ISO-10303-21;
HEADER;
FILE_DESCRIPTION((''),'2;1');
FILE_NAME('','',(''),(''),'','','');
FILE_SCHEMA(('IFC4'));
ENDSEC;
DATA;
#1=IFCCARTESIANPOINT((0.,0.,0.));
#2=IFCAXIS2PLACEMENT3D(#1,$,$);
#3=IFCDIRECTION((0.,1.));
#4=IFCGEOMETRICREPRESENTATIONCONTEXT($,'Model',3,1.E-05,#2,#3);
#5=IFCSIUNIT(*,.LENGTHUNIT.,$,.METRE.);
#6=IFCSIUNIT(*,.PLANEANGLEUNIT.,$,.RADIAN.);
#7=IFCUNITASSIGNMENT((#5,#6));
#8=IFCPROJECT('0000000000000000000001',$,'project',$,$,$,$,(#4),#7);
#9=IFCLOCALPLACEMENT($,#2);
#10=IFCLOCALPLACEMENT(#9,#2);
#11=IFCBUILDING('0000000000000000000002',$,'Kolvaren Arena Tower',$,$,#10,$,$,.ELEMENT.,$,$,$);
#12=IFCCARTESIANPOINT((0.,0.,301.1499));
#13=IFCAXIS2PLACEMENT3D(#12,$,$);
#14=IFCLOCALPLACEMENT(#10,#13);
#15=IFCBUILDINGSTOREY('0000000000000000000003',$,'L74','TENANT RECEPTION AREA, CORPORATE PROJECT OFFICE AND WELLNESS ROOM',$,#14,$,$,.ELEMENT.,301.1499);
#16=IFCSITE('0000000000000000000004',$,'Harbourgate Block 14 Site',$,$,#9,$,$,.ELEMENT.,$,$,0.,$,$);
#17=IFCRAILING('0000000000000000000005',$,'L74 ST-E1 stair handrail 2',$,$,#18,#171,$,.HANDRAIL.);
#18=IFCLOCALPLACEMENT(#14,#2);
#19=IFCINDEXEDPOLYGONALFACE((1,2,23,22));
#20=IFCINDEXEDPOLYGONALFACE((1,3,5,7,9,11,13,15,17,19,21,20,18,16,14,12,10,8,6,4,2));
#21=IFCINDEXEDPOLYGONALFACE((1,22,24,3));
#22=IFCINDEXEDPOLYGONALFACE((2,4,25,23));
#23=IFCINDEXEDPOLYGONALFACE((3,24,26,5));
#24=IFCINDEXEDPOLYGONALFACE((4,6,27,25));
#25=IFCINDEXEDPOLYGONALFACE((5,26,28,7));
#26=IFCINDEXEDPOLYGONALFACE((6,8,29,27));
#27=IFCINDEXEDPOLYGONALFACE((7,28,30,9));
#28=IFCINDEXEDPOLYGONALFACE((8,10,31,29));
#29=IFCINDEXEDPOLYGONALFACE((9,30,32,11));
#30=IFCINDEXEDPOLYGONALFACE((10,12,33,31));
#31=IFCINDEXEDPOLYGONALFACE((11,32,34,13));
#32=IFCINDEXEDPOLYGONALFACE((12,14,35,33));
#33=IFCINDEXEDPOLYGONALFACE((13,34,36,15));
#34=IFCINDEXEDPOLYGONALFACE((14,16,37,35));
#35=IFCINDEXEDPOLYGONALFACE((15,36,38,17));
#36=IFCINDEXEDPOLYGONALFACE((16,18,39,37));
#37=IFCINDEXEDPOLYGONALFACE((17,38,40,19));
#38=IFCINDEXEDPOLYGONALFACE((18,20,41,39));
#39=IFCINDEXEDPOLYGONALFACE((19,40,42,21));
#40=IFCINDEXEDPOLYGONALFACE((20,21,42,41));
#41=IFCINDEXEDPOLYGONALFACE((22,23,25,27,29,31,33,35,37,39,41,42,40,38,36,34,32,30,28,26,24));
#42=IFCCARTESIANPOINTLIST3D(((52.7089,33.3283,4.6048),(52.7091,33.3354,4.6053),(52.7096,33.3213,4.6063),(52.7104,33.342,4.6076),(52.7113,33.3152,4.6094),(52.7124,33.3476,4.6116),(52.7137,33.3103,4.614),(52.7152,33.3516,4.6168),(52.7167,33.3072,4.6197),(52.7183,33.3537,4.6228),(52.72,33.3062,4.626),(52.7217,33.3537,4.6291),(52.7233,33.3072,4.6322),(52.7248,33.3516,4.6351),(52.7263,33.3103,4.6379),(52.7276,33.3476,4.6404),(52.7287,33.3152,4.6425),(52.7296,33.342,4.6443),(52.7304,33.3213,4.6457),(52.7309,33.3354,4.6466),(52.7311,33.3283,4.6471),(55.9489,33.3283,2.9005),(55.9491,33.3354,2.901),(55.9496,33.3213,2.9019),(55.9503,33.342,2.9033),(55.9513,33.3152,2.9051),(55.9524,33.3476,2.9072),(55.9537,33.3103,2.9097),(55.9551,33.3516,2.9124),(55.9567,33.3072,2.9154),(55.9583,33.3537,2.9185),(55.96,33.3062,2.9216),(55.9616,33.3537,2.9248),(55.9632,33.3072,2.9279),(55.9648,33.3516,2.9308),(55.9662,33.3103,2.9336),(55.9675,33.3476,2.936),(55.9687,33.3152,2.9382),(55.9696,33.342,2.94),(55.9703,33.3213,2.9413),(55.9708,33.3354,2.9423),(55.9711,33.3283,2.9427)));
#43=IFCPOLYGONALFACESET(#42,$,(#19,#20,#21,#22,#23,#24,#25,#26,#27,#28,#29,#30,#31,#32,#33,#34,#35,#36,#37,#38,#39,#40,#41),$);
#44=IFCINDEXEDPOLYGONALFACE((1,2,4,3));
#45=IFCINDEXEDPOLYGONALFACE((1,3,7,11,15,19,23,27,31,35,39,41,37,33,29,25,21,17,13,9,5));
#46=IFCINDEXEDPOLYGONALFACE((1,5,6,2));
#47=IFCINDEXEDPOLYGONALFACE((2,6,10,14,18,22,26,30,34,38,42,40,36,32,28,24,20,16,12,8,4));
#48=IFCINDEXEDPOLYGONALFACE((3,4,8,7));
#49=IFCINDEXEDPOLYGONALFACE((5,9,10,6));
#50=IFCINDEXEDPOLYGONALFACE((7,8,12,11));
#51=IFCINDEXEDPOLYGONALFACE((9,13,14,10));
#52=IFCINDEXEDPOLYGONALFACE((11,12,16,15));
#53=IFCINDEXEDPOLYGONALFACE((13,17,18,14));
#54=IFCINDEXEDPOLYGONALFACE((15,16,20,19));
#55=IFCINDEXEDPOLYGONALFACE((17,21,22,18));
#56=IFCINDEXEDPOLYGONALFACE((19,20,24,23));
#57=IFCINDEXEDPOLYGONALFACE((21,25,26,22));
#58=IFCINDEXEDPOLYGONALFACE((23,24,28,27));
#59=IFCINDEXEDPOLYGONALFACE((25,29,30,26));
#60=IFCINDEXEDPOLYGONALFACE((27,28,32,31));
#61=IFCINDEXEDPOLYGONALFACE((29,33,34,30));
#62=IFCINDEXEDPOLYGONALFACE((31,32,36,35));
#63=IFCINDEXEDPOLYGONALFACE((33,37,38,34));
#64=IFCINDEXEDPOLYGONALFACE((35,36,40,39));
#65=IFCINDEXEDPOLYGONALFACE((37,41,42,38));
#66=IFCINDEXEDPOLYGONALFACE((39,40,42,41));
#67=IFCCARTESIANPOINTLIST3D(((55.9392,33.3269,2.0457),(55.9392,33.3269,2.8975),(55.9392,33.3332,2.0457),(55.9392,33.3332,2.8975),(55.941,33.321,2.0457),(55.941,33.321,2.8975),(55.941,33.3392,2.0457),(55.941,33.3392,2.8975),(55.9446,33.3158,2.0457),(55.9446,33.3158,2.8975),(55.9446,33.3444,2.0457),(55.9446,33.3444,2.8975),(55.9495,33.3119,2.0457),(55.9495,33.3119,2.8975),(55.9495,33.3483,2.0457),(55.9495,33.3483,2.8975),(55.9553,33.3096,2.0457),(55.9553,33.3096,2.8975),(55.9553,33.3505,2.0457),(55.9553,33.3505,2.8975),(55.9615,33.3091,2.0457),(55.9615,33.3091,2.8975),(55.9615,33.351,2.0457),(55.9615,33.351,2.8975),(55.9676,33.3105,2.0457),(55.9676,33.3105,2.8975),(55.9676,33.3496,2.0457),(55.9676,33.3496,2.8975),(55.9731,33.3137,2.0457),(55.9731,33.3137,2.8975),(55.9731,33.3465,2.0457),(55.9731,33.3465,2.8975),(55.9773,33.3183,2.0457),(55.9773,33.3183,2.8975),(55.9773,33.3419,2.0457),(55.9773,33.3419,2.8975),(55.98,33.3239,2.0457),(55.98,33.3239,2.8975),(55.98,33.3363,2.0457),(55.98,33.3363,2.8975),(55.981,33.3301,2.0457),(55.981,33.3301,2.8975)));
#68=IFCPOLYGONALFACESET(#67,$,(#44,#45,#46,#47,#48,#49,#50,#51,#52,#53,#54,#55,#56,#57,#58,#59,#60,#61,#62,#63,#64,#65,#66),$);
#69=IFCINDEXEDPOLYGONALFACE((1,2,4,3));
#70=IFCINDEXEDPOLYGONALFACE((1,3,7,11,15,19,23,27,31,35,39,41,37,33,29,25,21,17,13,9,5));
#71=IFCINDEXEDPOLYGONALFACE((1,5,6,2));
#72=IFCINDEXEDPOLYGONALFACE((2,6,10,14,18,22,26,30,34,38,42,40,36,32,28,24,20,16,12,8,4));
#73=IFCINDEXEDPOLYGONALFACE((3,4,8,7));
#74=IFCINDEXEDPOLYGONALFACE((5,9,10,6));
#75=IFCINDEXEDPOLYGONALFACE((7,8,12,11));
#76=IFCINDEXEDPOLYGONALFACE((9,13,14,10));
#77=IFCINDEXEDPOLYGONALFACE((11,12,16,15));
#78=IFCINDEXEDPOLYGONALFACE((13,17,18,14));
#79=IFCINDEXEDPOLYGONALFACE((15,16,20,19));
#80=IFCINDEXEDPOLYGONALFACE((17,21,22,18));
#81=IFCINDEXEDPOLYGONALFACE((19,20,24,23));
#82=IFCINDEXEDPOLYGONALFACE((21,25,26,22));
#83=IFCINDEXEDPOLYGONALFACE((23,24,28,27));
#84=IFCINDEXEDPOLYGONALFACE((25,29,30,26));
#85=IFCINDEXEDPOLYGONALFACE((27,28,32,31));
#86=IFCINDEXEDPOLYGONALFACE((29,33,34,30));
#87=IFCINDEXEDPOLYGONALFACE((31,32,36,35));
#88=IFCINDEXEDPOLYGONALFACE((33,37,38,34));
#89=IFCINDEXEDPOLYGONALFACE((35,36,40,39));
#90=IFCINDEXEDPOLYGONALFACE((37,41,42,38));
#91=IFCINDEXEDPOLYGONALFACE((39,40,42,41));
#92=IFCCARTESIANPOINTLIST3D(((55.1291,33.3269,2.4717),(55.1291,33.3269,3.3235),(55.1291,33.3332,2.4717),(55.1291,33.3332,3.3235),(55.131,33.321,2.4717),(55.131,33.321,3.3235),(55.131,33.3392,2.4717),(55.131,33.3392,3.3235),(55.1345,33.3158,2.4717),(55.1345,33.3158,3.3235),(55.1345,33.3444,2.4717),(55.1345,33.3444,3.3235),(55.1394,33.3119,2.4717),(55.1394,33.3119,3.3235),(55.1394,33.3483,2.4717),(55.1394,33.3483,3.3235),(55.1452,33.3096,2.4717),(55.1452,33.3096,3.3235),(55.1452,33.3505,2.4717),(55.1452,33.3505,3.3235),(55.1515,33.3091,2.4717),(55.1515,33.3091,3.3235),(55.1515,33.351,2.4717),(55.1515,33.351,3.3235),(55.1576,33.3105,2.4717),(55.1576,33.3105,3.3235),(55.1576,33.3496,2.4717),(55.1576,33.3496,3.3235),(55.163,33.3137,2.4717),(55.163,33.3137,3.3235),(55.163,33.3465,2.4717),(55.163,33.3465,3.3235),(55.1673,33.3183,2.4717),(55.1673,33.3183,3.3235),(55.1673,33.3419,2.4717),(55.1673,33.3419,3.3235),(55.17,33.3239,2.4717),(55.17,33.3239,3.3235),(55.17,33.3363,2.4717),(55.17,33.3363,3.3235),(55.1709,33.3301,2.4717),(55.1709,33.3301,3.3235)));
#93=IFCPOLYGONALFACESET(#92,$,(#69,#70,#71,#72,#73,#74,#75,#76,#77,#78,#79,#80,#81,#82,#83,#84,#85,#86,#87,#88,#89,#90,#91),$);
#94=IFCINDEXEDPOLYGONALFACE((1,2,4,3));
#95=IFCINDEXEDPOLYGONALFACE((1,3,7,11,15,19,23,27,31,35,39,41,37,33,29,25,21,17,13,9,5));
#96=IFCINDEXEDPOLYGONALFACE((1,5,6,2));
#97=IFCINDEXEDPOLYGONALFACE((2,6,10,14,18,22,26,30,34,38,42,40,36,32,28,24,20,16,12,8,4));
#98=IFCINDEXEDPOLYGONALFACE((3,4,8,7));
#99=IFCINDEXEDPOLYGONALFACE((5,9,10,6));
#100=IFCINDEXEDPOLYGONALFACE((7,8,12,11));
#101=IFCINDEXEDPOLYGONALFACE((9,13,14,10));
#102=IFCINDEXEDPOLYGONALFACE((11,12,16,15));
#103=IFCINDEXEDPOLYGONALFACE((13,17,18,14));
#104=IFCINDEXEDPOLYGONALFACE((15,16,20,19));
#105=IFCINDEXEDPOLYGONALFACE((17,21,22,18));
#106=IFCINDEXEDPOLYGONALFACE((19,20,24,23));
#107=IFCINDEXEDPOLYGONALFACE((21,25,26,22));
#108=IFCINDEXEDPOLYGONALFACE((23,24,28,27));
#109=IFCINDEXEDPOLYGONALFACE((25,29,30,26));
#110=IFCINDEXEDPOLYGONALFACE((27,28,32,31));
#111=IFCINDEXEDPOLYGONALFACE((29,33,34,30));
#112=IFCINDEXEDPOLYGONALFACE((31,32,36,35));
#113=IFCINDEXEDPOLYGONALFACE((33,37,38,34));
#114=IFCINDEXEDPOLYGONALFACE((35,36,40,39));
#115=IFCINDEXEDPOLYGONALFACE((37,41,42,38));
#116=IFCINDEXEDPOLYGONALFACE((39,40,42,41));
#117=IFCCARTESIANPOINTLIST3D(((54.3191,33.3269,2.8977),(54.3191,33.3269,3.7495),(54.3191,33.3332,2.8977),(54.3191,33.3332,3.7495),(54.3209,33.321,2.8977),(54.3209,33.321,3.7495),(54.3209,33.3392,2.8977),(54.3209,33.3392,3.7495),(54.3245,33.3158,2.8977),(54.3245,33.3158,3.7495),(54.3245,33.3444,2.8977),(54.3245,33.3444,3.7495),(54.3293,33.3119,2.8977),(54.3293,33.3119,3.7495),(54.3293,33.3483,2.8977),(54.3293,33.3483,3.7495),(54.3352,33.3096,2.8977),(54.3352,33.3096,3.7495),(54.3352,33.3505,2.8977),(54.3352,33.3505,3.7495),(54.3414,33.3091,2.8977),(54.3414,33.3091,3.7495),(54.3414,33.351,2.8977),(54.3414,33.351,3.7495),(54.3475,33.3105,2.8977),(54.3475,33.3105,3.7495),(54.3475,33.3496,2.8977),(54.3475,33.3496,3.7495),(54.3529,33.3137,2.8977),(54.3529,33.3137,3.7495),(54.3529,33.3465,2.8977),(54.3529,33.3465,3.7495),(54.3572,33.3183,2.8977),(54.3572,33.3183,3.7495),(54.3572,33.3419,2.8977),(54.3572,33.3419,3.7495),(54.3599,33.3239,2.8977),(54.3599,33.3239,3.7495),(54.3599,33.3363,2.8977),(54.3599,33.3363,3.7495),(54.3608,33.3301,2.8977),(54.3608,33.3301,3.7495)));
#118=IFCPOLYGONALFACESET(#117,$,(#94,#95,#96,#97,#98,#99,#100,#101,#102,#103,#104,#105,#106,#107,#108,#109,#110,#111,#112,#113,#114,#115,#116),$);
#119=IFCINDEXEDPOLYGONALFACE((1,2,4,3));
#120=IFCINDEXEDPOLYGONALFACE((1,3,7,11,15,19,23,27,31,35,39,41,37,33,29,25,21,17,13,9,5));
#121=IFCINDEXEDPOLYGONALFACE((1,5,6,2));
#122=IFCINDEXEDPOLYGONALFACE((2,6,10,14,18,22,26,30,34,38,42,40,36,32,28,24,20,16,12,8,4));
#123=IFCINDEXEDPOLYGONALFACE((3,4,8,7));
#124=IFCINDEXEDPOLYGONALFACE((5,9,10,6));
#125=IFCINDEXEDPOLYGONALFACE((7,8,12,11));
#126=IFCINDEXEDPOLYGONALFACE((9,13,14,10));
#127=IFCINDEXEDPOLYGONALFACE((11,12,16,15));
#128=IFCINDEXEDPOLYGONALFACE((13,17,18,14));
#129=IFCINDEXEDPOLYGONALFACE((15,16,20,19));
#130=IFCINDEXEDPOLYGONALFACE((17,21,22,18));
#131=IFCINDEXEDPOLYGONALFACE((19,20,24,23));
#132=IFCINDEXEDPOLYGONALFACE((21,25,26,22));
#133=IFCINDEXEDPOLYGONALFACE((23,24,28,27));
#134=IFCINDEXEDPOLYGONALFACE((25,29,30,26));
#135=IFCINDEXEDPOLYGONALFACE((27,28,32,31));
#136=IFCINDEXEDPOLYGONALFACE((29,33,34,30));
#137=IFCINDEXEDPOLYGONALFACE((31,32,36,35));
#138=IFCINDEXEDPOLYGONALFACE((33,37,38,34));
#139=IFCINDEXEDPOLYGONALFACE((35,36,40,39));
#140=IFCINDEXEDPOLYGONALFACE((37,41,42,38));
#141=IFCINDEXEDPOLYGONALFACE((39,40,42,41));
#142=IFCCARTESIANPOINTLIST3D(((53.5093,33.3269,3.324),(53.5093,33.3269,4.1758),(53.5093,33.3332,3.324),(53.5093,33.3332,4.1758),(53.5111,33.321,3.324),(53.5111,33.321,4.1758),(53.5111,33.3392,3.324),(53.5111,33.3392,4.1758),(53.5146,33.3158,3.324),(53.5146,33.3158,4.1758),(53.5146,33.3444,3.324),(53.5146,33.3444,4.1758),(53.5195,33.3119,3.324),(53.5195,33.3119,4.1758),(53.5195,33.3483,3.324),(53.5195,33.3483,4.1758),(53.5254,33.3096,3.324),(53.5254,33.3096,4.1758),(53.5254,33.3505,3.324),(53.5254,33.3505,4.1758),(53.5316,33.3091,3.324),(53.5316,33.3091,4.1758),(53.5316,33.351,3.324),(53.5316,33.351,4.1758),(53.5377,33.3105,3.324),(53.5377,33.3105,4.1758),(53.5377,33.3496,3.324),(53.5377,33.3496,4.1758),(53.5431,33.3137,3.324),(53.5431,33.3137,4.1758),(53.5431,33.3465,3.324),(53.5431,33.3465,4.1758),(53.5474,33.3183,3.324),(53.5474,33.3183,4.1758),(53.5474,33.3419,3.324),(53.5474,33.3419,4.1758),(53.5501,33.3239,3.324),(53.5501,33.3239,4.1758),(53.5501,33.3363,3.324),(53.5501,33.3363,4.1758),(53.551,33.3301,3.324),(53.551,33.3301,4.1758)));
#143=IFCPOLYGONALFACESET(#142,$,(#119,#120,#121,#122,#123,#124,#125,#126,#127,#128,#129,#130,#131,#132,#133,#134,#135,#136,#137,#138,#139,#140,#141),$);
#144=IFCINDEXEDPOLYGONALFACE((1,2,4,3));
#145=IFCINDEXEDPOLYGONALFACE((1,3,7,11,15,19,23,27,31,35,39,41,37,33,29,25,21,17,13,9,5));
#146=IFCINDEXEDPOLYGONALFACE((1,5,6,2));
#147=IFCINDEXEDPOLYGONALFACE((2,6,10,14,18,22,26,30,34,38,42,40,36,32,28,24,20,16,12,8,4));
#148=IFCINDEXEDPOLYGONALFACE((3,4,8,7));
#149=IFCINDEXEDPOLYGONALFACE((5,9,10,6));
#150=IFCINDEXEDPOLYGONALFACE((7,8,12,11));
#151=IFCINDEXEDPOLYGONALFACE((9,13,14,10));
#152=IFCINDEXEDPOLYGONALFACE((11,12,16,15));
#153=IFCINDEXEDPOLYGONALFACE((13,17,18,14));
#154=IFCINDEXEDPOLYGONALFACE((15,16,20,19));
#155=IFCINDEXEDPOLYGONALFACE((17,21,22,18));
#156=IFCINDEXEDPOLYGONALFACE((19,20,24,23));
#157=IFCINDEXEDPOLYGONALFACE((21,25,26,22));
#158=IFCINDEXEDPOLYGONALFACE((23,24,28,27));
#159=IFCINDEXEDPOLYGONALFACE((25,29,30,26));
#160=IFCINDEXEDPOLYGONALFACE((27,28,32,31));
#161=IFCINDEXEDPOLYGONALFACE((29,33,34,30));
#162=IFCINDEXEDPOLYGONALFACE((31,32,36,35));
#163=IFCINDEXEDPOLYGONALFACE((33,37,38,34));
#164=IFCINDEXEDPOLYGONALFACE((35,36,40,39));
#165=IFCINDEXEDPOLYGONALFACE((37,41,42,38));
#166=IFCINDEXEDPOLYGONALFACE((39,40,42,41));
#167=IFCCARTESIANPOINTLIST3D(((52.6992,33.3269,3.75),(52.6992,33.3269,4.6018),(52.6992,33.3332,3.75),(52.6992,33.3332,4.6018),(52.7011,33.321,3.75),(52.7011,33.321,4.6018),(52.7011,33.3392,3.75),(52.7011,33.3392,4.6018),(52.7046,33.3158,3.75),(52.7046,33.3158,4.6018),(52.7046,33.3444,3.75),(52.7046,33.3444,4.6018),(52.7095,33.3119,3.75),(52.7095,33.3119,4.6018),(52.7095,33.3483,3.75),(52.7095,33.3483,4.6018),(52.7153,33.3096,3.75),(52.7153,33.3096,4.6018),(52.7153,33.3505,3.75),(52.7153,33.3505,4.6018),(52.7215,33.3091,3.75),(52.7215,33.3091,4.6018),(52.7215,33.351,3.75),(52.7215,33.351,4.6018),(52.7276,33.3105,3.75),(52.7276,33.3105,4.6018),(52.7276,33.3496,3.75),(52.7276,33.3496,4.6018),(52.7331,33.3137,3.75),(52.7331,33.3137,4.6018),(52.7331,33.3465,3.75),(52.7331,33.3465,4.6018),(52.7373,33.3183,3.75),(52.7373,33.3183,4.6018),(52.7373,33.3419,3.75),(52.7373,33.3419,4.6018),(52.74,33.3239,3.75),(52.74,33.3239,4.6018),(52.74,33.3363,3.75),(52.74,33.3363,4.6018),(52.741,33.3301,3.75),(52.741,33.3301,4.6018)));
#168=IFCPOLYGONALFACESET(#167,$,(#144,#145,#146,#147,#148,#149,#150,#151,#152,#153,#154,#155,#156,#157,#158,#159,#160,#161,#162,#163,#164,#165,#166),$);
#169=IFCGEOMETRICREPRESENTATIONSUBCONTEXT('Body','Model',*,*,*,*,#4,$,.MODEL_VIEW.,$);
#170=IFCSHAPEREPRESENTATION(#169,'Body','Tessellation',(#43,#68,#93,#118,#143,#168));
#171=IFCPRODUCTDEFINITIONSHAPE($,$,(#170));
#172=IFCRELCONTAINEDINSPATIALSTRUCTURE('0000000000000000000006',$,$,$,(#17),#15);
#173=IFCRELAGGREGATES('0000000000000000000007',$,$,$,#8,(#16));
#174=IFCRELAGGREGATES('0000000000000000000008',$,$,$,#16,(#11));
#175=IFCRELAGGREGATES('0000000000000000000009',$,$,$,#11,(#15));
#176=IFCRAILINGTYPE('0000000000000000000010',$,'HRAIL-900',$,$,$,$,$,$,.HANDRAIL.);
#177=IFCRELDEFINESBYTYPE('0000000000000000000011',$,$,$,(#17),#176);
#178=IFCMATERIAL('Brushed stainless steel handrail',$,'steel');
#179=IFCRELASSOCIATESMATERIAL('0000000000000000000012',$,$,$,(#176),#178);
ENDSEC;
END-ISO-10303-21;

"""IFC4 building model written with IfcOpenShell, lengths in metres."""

from ifc_helpers import new_model, si_unit, direction, frame, origin, origin_2d, place, context, subcontext, project, spatial, circle, extrude, material, type_object, element, save


model = new_model("IFC4")

# Units and contexts
model_context = context("Model", 3, precision=1e-05, world=origin(), true_north=direction((0.0, 1.0)))
body_context = subcontext(model_context, "Body", "Model", "MODEL_VIEW")
ifc_project = project(units=[si_unit("LENGTHUNIT", "METRE"), si_unit("PLANEANGLEUNIT", "RADIAN")], contexts=[model_context])

# Site, building, storey
site_placement = place(None, origin())
site = spatial("IfcSite", under=ifc_project, at=site_placement, Name="Harbourgate Block 14 Site", CompositionType="ELEMENT", RefElevation=0.0)
building_placement = place(site_placement, origin())
building = spatial("IfcBuilding", under=site, at=building_placement, Name="Kolvaren Arena Tower", CompositionType="ELEMENT")
storey_placement = place(building_placement, frame((0.0, 0.0, 301.1499)))
storey = spatial("IfcBuildingStorey", under=building, at=storey_placement, Name="L74", Description="TENANT RECEPTION AREA, CORPORATE PROJECT OFFICE AND WELLNESS ROOM", CompositionType="ELEMENT", Elevation=301.1499)

# Railing
ifc_material_1 = material(Name="Brushed stainless steel handrail", Category="steel")
railing_type_1 = type_object("IfcRailingType", Name="HRAIL-900", PredefinedType="HANDRAIL", material=ifc_material_1)
railing_1_placement = place(storey_placement, frame((55.96, 33.3301, 2.0457)))
element("IfcRailing", 1, at=railing_1_placement, inside=storey, type_object=railing_type_1, Name="L74 ST-E1 stair handrail 2", PredefinedType="HANDRAIL", context=body_context, shape_type="SweptSolid", body=[
    extrude(circle(Radius=0.0239, at=origin_2d()), frame((0.0, 0.0, 0.876), z_axis=(-0.885021, 0.0, 0.465551), x_axis=(0.0, -1.0, 0.0)), (0.0, 0.0, 1.0), 3.6609),
    extrude(circle(Radius=0.021, at=origin_2d()), origin(), (0.0, 0.0, 1.0), 0.8518),
    extrude(circle(Radius=0.021, at=origin_2d()), frame((-0.8101, 0.0, 0.426)), (0.0, 0.0, 1.0), 0.8518),
    extrude(circle(Radius=0.021, at=origin_2d()), frame((-1.6201, 0.0, 0.8521)), (0.0, 0.0, 1.0), 0.8518),
    extrude(circle(Radius=0.021, at=origin_2d()), frame((-2.4299, 0.0, 1.2783)), (0.0, 0.0, 1.0), 0.8518),
    extrude(circle(Radius=0.021, at=origin_2d()), frame((-3.24, 0.0, 1.7043)), (0.0, 0.0, 1.0), 0.8518),
])

save(model, "model.ifc")
